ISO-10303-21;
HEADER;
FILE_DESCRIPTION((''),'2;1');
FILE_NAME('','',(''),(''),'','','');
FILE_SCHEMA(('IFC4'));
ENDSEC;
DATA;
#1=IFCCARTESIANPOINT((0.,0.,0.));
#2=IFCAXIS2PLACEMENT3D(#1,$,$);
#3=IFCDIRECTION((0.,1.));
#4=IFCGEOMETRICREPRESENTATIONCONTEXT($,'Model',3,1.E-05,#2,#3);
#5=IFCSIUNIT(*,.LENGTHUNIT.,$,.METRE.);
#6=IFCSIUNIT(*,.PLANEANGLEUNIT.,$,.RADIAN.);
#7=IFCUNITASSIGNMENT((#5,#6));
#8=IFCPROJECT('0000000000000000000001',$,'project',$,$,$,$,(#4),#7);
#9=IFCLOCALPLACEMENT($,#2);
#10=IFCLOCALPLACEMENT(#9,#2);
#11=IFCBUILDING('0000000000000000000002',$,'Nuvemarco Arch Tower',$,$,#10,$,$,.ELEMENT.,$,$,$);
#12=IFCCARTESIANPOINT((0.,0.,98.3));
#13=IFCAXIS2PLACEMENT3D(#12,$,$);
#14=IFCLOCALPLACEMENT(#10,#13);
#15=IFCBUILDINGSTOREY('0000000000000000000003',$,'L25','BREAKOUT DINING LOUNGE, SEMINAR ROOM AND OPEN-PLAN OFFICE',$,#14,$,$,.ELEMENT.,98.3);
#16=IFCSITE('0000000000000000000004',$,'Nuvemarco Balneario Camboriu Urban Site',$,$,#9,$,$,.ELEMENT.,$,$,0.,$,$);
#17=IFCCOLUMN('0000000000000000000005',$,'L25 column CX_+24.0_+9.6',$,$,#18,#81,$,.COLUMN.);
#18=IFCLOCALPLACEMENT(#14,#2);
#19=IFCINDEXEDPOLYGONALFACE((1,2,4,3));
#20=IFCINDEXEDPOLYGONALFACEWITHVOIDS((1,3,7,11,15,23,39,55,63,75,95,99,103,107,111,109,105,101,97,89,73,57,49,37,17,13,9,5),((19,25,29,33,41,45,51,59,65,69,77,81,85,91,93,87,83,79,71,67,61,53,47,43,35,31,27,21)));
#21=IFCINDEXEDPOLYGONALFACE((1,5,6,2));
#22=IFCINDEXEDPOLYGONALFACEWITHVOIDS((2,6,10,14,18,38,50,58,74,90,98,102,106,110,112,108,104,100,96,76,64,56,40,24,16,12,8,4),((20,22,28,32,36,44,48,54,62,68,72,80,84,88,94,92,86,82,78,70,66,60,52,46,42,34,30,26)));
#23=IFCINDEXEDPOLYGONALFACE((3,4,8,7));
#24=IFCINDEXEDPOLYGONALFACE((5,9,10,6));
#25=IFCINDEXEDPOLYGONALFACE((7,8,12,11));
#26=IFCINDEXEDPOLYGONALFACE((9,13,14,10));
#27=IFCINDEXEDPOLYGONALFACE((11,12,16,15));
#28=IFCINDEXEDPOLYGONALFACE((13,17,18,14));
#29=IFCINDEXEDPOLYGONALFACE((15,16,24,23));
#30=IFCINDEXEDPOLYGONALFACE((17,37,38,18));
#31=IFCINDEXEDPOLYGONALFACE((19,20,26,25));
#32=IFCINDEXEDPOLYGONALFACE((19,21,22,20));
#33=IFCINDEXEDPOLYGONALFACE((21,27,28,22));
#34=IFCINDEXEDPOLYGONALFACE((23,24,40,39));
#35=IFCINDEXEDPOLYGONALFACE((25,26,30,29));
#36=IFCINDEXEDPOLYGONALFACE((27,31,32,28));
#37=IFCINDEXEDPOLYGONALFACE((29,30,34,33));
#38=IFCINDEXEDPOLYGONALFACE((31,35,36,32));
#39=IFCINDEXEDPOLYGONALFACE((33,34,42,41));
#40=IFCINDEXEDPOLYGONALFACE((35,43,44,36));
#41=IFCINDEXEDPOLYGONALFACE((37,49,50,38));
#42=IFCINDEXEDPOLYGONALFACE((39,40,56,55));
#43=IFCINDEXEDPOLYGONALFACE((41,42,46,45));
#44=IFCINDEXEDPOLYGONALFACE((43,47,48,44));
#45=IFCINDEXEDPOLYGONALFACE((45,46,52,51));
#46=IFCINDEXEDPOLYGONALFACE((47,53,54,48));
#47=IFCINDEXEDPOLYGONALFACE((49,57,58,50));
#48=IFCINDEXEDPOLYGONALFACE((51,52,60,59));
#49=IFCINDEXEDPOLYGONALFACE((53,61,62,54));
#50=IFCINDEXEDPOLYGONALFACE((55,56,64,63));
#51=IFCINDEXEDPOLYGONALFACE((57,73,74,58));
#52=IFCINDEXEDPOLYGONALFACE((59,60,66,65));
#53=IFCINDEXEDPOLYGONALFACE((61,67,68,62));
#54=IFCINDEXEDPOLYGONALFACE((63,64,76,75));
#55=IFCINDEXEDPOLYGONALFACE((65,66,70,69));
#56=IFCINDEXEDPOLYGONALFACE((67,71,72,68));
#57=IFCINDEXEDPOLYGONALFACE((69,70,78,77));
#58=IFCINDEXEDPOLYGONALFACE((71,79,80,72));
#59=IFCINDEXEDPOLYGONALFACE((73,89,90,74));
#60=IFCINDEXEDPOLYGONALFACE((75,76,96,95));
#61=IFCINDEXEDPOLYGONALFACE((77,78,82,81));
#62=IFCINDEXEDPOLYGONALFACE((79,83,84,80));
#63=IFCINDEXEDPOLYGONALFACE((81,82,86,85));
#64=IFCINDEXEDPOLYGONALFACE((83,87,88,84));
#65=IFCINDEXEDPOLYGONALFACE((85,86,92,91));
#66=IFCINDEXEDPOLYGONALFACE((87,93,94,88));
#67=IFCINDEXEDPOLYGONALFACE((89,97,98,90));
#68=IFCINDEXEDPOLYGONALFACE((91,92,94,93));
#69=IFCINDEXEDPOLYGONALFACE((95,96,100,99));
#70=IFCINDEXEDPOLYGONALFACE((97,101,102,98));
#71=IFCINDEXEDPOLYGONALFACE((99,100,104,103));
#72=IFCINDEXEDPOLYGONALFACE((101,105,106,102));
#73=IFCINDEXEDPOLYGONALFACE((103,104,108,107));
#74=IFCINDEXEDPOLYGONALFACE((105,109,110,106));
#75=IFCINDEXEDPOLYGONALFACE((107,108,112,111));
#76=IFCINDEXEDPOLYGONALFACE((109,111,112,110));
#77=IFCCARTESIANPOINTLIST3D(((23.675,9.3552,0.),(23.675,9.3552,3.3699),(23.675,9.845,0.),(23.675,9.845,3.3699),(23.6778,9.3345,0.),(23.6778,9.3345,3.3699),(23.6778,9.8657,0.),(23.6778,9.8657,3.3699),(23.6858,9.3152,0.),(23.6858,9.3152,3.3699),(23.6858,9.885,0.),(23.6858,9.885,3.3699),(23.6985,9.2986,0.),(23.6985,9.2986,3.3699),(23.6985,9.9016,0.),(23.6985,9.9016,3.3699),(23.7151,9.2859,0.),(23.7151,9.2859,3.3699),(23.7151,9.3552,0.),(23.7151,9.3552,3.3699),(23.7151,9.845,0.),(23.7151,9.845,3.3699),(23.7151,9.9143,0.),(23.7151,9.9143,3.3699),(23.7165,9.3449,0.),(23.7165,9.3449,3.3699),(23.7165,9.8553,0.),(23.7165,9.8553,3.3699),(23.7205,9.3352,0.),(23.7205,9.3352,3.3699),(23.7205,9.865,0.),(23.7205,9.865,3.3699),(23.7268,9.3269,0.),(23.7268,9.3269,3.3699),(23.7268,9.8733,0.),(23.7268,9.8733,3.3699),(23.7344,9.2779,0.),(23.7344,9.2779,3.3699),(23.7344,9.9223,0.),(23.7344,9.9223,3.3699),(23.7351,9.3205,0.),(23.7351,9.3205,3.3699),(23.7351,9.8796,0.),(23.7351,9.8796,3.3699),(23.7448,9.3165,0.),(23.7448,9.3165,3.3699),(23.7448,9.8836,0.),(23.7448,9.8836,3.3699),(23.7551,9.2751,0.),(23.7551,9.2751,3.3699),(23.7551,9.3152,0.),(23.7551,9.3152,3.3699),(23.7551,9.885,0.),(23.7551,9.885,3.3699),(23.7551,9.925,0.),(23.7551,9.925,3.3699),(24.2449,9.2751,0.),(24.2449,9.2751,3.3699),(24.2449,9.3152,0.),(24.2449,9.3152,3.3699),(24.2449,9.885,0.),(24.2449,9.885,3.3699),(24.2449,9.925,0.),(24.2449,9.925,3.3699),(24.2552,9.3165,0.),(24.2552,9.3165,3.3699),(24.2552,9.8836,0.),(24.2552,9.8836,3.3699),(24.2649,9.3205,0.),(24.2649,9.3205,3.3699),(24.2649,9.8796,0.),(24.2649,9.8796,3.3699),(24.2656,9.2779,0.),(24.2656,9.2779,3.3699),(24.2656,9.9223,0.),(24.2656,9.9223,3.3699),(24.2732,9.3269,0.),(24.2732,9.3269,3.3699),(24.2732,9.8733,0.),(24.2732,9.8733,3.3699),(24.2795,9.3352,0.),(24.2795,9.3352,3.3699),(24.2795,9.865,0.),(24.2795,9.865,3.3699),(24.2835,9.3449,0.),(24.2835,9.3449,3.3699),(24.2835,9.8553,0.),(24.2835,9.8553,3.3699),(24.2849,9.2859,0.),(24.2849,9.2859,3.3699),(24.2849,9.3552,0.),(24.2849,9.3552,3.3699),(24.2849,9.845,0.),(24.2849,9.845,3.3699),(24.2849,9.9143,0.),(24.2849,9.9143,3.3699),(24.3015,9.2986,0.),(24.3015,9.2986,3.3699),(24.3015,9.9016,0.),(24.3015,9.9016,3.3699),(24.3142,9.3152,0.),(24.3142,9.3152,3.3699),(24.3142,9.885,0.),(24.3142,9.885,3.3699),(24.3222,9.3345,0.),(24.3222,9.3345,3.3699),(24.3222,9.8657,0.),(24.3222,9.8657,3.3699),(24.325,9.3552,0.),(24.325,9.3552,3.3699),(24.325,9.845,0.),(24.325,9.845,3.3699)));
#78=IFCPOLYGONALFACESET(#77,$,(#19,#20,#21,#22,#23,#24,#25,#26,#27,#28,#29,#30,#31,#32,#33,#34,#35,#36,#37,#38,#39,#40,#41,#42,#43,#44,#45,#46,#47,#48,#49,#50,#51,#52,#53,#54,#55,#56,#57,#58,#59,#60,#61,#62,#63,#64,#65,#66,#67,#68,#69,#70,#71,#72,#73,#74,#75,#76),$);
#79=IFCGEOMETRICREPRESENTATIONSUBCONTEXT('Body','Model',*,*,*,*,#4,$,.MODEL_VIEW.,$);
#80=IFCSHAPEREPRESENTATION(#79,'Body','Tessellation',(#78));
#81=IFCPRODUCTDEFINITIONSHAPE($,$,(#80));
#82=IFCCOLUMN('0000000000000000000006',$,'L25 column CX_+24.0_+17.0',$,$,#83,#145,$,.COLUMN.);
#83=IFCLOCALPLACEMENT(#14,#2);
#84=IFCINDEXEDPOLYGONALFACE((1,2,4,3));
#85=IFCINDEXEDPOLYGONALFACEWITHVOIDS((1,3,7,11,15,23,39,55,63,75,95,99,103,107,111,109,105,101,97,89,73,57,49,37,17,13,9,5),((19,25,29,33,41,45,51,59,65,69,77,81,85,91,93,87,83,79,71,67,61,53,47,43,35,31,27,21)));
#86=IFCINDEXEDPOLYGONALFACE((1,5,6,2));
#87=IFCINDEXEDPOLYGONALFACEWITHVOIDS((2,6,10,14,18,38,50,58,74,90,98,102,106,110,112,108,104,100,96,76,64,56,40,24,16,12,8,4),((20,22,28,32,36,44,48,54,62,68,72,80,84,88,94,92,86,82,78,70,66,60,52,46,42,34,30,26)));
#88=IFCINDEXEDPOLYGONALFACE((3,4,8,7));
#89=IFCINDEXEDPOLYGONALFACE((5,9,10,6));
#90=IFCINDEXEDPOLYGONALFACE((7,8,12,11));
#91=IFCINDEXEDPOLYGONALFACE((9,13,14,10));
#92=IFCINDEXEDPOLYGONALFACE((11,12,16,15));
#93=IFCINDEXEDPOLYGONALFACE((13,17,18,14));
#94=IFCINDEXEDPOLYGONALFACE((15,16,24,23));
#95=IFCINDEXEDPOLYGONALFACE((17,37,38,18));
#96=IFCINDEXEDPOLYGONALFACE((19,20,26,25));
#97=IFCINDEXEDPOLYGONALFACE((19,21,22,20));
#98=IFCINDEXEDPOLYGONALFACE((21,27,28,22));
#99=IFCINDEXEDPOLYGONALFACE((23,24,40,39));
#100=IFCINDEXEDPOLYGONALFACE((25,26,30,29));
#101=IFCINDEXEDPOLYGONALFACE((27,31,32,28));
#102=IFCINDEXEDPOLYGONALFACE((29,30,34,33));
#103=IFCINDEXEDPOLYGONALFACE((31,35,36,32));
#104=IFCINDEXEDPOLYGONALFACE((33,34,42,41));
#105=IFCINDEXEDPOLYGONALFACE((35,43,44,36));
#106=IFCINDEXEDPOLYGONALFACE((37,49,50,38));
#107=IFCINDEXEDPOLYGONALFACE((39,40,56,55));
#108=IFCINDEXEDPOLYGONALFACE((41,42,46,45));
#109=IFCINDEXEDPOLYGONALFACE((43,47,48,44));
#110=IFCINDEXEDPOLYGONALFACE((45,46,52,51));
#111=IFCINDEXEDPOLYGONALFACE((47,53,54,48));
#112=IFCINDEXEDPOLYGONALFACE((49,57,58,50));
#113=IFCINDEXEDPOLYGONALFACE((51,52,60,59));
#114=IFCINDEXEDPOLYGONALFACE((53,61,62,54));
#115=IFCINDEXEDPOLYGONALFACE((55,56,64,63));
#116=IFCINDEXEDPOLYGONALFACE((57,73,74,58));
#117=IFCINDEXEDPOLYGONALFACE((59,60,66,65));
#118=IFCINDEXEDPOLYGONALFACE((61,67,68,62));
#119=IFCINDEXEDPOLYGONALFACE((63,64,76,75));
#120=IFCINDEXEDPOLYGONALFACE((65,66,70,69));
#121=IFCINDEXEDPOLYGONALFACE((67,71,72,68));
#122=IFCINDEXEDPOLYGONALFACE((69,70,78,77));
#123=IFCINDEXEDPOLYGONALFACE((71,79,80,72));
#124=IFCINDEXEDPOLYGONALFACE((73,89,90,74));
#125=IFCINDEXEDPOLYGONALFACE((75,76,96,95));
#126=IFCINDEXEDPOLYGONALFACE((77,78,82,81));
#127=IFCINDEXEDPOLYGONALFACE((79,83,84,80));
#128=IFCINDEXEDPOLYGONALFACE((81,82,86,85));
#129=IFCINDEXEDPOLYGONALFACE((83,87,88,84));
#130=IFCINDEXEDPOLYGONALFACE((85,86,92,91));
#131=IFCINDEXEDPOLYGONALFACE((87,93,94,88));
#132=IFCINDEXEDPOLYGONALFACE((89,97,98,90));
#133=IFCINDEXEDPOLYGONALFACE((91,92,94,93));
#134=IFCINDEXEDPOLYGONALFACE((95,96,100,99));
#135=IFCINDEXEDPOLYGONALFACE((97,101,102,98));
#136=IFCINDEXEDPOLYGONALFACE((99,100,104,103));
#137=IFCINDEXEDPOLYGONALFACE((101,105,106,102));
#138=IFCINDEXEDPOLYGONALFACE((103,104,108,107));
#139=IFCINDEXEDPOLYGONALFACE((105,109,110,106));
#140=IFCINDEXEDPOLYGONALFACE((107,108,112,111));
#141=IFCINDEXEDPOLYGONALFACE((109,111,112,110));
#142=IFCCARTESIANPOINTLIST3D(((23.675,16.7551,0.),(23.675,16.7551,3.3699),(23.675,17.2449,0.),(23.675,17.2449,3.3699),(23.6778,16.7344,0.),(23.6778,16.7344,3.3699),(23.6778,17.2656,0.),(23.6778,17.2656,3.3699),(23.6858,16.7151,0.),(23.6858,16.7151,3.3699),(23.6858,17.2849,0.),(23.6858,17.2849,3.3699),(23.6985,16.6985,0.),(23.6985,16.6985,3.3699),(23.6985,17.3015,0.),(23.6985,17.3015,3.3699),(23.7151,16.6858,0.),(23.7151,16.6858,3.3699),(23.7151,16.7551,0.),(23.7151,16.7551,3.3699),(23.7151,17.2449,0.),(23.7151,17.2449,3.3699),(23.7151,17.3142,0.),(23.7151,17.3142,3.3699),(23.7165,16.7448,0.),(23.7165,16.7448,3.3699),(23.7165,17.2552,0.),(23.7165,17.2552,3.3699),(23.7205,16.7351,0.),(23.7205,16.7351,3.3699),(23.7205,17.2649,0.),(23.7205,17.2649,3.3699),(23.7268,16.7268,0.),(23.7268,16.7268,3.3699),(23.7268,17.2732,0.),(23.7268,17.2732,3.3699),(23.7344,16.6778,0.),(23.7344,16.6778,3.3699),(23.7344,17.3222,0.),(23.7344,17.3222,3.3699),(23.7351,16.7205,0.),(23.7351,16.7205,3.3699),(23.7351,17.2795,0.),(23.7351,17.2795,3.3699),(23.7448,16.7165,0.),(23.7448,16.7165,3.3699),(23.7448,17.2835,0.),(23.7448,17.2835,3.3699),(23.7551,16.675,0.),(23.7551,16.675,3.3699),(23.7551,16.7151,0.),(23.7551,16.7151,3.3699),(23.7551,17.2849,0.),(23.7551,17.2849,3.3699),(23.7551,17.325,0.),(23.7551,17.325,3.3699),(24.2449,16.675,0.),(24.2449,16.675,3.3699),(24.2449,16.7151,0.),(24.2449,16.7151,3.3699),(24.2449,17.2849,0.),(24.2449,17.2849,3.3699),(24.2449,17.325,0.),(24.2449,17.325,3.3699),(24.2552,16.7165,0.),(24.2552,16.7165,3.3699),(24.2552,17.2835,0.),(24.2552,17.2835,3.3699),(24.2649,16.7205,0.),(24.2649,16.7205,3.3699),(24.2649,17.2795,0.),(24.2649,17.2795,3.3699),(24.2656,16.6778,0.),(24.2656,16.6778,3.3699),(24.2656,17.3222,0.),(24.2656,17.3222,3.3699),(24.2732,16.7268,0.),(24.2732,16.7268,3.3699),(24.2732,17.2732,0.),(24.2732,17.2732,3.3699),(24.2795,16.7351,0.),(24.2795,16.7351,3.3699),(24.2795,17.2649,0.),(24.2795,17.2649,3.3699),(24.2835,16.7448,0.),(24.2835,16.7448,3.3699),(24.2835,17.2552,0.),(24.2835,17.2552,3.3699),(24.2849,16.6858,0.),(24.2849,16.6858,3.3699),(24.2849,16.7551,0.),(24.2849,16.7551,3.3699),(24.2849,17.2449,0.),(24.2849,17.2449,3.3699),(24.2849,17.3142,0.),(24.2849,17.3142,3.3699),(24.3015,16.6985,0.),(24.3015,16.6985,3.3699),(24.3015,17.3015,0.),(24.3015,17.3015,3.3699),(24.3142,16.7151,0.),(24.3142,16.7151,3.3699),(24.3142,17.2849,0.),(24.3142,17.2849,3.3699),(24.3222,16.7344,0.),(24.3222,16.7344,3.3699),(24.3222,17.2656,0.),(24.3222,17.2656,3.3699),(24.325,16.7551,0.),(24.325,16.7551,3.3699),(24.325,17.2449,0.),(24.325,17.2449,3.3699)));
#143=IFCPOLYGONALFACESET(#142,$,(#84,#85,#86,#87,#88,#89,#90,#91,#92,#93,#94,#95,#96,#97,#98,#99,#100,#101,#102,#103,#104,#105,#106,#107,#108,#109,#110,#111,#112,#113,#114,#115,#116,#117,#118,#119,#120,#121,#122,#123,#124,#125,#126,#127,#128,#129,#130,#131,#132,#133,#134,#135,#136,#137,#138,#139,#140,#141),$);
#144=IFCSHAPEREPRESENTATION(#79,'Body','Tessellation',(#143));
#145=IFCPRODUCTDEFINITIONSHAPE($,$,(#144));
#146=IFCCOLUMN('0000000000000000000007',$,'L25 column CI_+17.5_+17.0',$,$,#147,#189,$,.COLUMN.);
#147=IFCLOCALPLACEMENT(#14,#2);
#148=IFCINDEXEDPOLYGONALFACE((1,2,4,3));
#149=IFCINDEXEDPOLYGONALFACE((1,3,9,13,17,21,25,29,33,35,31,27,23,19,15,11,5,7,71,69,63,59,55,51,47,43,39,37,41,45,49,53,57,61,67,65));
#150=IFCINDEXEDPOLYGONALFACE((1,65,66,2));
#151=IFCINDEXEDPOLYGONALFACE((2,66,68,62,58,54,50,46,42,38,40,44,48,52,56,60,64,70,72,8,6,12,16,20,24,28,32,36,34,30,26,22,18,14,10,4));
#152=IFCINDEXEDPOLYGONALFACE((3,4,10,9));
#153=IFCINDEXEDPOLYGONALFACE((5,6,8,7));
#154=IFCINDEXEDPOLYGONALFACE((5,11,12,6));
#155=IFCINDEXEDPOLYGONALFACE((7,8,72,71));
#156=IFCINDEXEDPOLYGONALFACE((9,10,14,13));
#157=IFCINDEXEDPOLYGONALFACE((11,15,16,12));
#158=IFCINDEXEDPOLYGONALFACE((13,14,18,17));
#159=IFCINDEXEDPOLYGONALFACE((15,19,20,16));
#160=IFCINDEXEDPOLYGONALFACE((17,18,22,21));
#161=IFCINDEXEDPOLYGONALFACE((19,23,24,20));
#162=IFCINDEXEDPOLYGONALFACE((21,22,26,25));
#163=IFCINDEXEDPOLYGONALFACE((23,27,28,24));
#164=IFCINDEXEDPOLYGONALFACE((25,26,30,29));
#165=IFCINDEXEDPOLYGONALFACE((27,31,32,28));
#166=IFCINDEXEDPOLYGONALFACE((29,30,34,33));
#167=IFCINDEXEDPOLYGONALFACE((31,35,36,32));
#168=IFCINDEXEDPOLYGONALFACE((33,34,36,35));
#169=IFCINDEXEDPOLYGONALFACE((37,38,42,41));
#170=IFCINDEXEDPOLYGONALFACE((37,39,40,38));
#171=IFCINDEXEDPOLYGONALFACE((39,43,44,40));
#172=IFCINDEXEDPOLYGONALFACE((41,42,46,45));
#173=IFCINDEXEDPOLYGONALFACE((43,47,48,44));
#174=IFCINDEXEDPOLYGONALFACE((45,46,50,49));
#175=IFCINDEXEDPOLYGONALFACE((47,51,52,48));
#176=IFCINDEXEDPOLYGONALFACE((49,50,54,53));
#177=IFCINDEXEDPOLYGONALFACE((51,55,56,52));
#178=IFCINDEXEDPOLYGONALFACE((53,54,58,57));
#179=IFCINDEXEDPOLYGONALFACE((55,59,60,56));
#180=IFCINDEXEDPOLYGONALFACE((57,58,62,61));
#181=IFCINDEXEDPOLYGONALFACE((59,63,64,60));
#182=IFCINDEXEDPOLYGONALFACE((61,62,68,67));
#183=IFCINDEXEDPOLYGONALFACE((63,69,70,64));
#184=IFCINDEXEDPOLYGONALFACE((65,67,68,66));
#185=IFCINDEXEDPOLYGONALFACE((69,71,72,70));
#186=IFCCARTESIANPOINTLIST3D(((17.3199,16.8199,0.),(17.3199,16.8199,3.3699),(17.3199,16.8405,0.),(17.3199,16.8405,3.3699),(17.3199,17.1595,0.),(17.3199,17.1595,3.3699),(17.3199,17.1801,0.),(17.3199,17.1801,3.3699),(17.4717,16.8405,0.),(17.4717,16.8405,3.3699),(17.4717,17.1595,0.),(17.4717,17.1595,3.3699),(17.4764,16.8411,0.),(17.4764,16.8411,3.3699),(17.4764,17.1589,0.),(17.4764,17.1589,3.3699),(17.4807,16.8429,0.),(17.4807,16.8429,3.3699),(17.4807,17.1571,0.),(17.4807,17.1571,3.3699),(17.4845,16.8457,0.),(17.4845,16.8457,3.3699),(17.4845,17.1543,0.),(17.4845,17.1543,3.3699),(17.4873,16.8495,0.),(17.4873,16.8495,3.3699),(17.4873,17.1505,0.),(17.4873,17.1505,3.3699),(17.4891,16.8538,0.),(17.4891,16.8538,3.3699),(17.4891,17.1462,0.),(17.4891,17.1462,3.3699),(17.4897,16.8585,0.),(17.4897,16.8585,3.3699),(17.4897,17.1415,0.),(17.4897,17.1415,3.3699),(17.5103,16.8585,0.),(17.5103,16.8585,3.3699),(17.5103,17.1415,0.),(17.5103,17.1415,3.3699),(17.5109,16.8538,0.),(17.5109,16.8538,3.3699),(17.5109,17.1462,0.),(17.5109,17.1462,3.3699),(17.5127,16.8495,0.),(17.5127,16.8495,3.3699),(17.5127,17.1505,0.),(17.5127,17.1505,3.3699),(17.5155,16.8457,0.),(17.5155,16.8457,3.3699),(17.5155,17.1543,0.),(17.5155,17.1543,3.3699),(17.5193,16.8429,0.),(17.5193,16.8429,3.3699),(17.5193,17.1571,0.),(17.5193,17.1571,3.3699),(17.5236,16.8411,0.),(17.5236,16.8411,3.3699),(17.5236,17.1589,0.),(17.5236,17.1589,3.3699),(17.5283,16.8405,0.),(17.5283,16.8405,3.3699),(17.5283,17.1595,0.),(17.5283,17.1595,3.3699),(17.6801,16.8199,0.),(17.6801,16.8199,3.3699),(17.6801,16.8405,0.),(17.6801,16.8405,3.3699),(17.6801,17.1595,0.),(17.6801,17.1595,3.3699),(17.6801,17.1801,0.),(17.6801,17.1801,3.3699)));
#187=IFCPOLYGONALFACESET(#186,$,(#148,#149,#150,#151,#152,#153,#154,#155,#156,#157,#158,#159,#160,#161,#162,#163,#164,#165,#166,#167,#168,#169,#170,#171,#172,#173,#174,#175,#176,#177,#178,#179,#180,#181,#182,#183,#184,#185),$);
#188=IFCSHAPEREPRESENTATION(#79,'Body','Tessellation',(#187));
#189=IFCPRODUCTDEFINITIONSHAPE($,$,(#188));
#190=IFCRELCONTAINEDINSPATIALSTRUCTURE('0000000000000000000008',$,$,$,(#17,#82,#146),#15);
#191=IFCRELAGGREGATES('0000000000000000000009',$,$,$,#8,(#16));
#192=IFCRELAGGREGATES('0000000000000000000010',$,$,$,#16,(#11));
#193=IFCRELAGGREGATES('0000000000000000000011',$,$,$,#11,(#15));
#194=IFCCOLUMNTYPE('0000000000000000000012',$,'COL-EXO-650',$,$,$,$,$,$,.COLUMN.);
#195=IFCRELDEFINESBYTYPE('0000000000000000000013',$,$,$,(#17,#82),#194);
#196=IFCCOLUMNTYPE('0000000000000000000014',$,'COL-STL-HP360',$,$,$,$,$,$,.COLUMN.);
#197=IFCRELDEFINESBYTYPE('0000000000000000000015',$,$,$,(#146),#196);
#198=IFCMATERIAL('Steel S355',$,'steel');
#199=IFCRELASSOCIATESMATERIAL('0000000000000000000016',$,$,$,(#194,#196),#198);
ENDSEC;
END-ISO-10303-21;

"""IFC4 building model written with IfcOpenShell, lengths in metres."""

from ifc_helpers import new_model, si_unit, direction, frame, origin, origin_2d, place, context, subcontext, project, spatial, hollow_rectangle, i_section, extrude, material, material_profile, profile_set, type_object, element, save


model = new_model("IFC4")

# Units and contexts
model_context = context("Model", 3, precision=1e-05, world=origin(), true_north=direction((0.0, 1.0)))
body_context = subcontext(model_context, "Body", "Model", "MODEL_VIEW")
ifc_project = project(units=[si_unit("LENGTHUNIT", "METRE"), si_unit("PLANEANGLEUNIT", "RADIAN")], contexts=[model_context])

# Site, building, storey
site_placement = place(None, origin())
site = spatial("IfcSite", under=ifc_project, at=site_placement, Name="Nuvemarco Balneario Camboriu Urban Site", CompositionType="ELEMENT", RefElevation=0.0)
building_placement = place(site_placement, origin())
building = spatial("IfcBuilding", under=site, at=building_placement, Name="Nuvemarco Arch Tower", CompositionType="ELEMENT")
storey_placement = place(building_placement, frame((0.0, 0.0, 98.3)))
storey = spatial("IfcBuildingStorey", under=building, at=storey_placement, Name="L25", Description="BREAKOUT DINING LOUNGE, SEMINAR ROOM AND OPEN-PLAN OFFICE", CompositionType="ELEMENT", Elevation=98.3)

# Columns
ifc_material_1 = material(Name="Steel S355", Category="steel")
ifc_material_profile_1 = material_profile(ifc_material_1, hollow_rectangle(XDim=0.6499, YDim=0.6499, WallThickness=0.04, InnerFilletRadius=0.04, OuterFilletRadius=0.0801, at=origin_2d()), Name="SHS650x650x40")
ifc_profile_set_1 = profile_set([ifc_material_profile_1], Name="Steel S355")
column_type_1 = type_object("IfcColumnType", Name="COL-EXO-650", PredefinedType="COLUMN", material=ifc_profile_set_1)
for number, where, z_axis, x_axis, name in (
    (1, (24.0, 9.6001, 0.0), (0.0, 0.0, 1.0), (1.0, 0.0, 0.0), "L25 column CX_+24.0_+9.6"),
    (2, (24.0, 17.0, 0.0), (0.0, 0.0, 1.0), (1.0, 0.0, 0.0), "L25 column CX_+24.0_+17.0"),
):
    element("IfcColumn", number, at=place(storey_placement, frame(where, z_axis=z_axis, x_axis=x_axis)), inside=storey, type_object=column_type_1, Name=name, PredefinedType="COLUMN", context=body_context, shape_type="SweptSolid", body=[
        extrude(hollow_rectangle(XDim=0.6499, YDim=0.6499, WallThickness=0.04, InnerFilletRadius=0.04, OuterFilletRadius=0.0801, at=origin_2d()), origin(), (0.0, 0.0, 1.0), 3.3699),
    ])
ifc_material_profile_2 = material_profile(ifc_material_1, i_section(OverallWidth=0.3601, OverallDepth=0.3601, WebThickness=0.0205, FlangeThickness=0.0205, FilletRadius=0.0181, at=origin_2d()), Name="HP360x174")
ifc_profile_set_2 = profile_set([ifc_material_profile_2], Name="Steel S355")
column_type_2 = type_object("IfcColumnType", Name="COL-STL-HP360", PredefinedType="COLUMN", material=ifc_profile_set_2)
column_placement = place(storey_placement, frame((17.5, 17.0, 0.0), z_axis=(0.0, 0.0, 1.0), x_axis=(1.0, 0.0, 0.0)))
element("IfcColumn", 3, at=column_placement, inside=storey, type_object=column_type_2, Name="L25 column CI_+17.5_+17.0", PredefinedType="COLUMN", context=body_context, shape_type="SweptSolid", body=[
    extrude(i_section(OverallWidth=0.3601, OverallDepth=0.3601, WebThickness=0.0205, FlangeThickness=0.0205, FilletRadius=0.0181, at=origin_2d()), origin(), (0.0, 0.0, 1.0), 3.3699),
])

save(model, "model.ifc")
